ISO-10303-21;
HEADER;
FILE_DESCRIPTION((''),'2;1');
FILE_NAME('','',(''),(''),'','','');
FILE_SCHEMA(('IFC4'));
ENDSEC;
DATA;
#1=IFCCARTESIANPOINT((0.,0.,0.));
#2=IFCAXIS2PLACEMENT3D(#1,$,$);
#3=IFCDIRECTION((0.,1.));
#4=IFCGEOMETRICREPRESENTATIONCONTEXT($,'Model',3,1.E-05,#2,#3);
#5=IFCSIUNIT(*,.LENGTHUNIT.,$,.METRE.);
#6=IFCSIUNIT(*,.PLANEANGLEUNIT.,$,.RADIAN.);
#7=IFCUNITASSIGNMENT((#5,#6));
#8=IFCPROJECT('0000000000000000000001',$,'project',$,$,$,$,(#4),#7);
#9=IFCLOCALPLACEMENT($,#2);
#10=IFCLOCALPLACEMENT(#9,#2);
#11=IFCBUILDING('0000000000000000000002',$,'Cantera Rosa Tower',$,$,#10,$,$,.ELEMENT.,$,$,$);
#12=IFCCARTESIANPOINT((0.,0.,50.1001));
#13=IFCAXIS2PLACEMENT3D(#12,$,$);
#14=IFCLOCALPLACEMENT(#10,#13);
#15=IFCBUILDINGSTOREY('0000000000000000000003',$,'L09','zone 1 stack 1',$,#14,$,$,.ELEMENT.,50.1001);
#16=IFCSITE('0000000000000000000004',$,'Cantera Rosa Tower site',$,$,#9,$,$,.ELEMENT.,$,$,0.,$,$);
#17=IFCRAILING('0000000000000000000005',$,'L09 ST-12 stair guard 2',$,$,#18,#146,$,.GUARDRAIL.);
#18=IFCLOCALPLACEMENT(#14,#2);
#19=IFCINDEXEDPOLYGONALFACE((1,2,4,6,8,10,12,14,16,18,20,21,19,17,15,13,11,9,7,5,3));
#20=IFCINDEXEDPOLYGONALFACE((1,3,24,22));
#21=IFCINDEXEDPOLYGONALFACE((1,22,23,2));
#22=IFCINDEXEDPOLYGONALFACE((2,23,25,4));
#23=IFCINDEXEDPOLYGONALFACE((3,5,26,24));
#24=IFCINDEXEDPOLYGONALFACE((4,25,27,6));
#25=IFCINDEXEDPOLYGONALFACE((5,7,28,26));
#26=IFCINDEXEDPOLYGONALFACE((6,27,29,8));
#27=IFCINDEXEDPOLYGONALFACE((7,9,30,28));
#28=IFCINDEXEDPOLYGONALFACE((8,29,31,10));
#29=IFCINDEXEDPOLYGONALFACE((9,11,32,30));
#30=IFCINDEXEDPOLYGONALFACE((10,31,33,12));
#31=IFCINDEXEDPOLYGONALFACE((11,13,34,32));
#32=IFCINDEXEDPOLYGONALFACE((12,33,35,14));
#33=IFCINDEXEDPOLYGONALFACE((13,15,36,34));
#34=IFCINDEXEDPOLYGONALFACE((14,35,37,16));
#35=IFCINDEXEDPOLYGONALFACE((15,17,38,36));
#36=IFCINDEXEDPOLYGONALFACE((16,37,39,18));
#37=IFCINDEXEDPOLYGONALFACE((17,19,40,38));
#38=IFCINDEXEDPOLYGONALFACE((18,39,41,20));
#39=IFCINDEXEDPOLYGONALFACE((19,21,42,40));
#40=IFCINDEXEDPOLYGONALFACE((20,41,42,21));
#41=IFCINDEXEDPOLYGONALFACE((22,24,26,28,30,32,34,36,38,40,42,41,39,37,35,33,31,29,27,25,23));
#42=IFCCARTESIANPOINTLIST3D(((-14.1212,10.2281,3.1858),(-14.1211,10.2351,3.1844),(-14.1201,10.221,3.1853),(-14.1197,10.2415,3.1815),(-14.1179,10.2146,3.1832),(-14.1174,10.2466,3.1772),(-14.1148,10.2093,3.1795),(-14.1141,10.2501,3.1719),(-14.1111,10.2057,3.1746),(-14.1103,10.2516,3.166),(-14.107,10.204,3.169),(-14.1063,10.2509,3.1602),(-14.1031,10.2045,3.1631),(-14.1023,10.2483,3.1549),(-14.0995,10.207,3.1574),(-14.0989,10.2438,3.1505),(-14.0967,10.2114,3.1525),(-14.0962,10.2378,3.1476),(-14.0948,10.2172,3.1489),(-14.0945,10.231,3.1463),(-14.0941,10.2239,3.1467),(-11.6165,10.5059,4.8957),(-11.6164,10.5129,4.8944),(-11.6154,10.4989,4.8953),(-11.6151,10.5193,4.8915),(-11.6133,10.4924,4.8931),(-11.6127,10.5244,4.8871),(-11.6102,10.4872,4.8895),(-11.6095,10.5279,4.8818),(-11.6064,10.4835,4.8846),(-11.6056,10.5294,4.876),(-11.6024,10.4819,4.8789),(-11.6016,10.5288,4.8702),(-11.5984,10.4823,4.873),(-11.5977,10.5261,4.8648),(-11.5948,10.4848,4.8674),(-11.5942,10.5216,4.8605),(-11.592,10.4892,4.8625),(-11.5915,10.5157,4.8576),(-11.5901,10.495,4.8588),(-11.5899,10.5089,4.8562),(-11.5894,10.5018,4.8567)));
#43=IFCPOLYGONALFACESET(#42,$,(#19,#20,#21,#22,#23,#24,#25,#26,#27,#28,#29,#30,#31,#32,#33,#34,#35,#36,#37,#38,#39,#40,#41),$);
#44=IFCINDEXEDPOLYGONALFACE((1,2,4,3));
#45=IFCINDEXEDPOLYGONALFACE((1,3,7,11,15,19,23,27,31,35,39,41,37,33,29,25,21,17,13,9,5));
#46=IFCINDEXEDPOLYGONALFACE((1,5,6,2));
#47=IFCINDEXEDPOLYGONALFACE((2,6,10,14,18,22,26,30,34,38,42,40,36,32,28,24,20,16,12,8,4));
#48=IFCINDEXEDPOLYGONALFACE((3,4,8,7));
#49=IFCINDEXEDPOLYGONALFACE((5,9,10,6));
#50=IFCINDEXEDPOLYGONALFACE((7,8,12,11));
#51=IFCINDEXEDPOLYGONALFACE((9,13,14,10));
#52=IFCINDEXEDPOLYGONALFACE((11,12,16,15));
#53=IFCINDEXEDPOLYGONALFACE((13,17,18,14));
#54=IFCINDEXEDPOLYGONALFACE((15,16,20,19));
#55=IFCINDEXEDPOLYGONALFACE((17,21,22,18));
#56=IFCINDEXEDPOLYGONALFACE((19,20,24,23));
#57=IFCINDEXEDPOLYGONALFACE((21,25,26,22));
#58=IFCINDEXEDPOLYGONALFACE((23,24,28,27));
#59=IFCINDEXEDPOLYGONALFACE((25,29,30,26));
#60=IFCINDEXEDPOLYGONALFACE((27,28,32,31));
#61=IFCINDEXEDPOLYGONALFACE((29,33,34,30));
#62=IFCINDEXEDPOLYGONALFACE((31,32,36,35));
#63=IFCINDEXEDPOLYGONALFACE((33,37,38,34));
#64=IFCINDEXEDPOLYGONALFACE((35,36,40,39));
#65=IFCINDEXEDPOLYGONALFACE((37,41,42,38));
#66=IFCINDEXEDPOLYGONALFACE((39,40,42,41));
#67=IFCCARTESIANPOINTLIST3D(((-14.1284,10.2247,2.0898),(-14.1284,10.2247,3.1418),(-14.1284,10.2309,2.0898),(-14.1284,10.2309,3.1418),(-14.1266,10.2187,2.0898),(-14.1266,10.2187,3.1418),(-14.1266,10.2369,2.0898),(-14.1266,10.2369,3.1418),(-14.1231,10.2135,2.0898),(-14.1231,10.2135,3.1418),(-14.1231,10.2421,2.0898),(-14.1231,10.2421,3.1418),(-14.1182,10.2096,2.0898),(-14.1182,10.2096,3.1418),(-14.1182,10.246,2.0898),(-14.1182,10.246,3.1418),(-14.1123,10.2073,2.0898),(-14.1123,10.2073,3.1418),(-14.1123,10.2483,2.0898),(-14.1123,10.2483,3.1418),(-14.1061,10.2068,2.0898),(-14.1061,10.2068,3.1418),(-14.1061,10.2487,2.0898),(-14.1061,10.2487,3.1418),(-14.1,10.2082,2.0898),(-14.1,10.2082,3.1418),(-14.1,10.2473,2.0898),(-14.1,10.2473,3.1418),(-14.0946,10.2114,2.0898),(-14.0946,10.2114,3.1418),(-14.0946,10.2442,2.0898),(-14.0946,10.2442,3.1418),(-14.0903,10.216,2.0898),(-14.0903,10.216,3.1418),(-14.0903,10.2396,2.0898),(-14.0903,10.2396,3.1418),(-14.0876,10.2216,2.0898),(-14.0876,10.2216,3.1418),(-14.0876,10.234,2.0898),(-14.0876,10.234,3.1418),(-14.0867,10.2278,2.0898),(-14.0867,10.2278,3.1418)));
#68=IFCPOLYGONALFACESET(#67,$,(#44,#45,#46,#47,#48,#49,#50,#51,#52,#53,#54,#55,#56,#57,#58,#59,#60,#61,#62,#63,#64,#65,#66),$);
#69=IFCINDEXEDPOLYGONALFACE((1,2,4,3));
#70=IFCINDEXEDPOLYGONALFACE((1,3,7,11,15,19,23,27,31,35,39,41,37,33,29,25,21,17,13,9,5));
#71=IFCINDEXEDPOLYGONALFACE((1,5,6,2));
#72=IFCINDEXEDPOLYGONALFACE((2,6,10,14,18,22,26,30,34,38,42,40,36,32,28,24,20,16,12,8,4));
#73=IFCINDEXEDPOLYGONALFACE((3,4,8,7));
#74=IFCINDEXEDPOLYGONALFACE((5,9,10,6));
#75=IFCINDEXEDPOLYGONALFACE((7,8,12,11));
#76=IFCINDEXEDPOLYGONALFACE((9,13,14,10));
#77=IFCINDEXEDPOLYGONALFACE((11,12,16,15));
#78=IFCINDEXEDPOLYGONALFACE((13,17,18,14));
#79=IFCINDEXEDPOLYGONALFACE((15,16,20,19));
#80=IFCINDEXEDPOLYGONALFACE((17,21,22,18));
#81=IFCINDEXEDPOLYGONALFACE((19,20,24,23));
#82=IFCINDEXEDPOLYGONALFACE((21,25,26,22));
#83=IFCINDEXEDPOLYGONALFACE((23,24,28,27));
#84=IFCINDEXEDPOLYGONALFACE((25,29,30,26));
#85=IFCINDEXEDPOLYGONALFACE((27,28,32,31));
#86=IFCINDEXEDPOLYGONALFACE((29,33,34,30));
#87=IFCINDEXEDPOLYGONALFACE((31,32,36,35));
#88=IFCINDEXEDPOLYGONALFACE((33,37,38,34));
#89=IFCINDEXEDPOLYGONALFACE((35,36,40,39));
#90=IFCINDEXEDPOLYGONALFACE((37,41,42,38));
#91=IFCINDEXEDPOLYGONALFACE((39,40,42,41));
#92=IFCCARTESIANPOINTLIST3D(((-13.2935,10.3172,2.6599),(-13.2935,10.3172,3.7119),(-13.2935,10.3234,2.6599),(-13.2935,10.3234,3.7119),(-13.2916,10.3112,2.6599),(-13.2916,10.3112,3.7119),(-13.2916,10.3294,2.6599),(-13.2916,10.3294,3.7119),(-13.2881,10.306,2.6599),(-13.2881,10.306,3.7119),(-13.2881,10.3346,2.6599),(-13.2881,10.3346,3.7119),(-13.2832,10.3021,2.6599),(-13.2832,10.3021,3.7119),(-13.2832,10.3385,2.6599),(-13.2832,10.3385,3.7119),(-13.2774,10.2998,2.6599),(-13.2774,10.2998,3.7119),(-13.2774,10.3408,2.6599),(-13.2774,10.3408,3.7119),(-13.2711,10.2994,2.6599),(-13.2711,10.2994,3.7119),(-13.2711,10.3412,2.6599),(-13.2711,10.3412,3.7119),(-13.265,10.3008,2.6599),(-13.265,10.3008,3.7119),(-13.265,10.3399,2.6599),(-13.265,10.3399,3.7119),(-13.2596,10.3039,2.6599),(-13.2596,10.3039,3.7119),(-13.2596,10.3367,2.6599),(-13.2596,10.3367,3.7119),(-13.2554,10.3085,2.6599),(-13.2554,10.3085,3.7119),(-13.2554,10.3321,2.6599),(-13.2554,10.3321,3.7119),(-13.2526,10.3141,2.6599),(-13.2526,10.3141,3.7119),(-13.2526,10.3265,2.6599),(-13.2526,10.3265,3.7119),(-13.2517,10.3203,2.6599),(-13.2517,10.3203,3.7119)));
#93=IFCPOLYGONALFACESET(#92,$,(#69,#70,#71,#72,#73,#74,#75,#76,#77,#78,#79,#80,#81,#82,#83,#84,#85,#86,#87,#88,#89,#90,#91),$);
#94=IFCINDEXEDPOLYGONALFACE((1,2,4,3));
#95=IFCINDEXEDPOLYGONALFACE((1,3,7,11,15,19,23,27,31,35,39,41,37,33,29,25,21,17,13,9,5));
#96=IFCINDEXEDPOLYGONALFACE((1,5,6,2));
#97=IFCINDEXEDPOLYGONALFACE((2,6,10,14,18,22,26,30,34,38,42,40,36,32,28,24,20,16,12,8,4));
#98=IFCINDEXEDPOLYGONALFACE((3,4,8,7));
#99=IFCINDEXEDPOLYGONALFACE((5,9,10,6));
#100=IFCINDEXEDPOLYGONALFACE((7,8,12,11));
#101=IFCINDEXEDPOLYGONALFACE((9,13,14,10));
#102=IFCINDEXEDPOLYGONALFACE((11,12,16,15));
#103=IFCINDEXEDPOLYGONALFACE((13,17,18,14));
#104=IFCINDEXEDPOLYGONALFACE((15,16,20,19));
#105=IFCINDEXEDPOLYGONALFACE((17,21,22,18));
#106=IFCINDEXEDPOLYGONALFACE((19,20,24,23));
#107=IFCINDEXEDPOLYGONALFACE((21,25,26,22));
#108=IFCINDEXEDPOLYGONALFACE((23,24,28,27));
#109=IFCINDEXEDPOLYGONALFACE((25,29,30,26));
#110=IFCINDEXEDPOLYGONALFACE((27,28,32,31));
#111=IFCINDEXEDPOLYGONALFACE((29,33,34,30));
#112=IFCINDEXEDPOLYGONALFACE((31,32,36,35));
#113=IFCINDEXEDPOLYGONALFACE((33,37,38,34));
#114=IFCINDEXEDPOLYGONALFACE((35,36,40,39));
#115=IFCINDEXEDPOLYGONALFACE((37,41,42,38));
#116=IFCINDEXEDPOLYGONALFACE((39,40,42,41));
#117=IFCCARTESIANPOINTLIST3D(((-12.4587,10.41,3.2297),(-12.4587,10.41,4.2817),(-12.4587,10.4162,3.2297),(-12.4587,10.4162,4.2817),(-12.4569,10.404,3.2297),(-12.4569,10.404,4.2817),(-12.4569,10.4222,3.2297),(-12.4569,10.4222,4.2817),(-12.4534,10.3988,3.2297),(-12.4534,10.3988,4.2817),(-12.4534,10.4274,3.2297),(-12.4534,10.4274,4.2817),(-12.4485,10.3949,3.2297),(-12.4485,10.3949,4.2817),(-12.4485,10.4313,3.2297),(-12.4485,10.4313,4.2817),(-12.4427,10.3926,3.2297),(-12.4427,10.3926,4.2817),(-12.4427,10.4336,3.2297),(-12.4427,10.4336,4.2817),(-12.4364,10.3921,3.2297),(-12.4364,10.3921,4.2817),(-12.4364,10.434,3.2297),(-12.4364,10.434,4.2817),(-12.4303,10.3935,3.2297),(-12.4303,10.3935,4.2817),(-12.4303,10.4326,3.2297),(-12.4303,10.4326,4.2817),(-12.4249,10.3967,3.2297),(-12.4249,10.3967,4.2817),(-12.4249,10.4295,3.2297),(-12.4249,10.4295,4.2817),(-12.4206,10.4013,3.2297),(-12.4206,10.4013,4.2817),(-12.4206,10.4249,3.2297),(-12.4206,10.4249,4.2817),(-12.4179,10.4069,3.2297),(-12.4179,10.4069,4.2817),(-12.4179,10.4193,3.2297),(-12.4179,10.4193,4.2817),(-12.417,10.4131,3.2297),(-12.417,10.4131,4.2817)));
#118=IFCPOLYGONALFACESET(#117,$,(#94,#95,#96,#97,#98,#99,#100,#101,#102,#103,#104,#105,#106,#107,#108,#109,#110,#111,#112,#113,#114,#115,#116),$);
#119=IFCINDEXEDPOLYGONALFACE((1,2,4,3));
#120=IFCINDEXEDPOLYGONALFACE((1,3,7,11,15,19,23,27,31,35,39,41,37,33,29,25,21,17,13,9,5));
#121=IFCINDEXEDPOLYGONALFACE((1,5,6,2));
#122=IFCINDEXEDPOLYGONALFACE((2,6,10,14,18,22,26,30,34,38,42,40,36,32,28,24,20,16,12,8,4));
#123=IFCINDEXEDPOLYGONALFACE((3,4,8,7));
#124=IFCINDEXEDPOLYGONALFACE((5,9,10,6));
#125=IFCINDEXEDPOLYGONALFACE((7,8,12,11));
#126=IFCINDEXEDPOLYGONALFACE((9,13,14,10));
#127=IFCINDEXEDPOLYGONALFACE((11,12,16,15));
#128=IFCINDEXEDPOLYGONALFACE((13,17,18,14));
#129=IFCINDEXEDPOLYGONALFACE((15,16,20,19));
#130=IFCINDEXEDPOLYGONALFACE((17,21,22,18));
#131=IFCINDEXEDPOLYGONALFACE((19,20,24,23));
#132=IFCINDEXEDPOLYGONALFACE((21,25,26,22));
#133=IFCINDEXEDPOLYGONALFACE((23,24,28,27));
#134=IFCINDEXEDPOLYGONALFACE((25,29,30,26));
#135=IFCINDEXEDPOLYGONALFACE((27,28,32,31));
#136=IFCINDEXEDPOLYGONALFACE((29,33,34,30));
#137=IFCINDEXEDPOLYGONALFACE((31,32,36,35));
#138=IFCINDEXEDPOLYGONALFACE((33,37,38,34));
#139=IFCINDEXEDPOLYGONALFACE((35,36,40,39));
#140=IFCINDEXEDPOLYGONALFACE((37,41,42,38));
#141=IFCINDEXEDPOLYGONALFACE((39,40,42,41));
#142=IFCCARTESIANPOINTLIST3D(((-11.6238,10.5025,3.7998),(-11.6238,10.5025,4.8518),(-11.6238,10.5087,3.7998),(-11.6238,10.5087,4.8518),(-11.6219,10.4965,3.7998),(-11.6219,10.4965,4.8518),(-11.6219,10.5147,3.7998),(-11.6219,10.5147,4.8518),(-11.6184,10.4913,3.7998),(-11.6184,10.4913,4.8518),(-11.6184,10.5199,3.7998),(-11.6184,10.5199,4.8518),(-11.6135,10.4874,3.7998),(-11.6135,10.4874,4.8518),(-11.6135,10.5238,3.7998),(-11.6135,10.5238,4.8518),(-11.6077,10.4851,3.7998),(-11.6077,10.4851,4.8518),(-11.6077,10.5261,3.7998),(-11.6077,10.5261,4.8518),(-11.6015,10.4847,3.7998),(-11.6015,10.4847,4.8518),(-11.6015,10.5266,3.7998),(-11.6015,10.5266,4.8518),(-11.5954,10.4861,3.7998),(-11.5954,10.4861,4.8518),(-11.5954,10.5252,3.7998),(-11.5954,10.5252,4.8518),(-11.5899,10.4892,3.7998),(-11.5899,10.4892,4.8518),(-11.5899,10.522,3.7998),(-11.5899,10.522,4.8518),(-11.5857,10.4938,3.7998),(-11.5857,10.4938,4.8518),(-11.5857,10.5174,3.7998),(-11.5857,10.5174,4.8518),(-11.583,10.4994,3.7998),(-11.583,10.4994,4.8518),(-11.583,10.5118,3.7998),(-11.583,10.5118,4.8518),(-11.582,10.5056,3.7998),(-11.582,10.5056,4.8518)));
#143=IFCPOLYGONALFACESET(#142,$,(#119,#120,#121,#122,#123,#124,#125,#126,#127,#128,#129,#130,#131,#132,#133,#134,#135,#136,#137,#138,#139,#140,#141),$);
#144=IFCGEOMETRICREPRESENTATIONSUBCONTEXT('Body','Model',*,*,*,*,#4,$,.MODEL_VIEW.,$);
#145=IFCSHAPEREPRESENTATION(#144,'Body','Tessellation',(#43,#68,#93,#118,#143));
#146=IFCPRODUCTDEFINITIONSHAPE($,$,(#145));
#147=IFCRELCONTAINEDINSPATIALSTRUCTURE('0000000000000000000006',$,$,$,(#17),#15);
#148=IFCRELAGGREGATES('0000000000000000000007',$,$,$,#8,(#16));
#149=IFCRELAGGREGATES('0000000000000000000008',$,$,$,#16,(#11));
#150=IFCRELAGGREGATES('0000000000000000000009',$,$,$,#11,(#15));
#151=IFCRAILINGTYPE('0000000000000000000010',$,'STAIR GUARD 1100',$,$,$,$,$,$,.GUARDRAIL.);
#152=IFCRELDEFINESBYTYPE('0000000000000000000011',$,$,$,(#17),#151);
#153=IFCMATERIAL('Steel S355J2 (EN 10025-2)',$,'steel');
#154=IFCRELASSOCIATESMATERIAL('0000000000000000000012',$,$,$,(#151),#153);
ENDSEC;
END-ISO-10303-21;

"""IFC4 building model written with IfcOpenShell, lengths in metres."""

from ifc_helpers import new_model, si_unit, direction, frame, origin, origin_2d, place, context, subcontext, project, spatial, circle, extrude, material, type_object, element, save


model = new_model("IFC4")

# Units and contexts
model_context = context("Model", 3, precision=1e-05, world=origin(), true_north=direction((0.0, 1.0)))
body_context = subcontext(model_context, "Body", "Model", "MODEL_VIEW")
ifc_project = project(units=[si_unit("LENGTHUNIT", "METRE"), si_unit("PLANEANGLEUNIT", "RADIAN")], contexts=[model_context])

# Site, building, storey
site_placement = place(None, origin())
site = spatial("IfcSite", under=ifc_project, at=site_placement, Name="Cantera Rosa Tower site", CompositionType="ELEMENT", RefElevation=0.0)
building_placement = place(site_placement, origin())
building = spatial("IfcBuilding", under=site, at=building_placement, Name="Cantera Rosa Tower", CompositionType="ELEMENT")
storey_placement = place(building_placement, frame((0.0, 0.0, 50.1001)))
storey = spatial("IfcBuildingStorey", under=building, at=storey_placement, Name="L09", Description="zone 1 stack 1", CompositionType="ELEMENT", Elevation=50.1001)

# Railing
ifc_material_1 = material(Name="Steel S355J2 (EN 10025-2)", Category="steel")
railing_type_1 = type_object("IfcRailingType", Name="STAIR GUARD 1100", PredefinedType="GUARDRAIL", material=ifc_material_1)
railing_1_placement = place(storey_placement, frame((-14.1077, 10.2278, 2.0898)))
element("IfcRailing", 1, at=railing_1_placement, inside=storey, type_object=railing_type_1, Name="L09 ST-12 stair guard 2", PredefinedType="GUARDRAIL", context=body_context, shape_type="SweptSolid", body=[
    extrude(circle(Radius=0.0239, at=origin_2d()), frame((0.0, 0.0, 1.0762), z_axis=(0.822437, 0.091231, 0.561492), x_axis=(-0.110251, 0.993904, 0.0)), (0.0, 0.0, 1.0), 3.0454),
    extrude(circle(Radius=0.021, at=origin_2d()), origin(), (0.0, 0.0, 1.0), 1.052),
    extrude(circle(Radius=0.021, at=origin_2d()), frame((0.835, 0.0925, 0.5701)), (0.0, 0.0, 1.0), 1.052),
    extrude(circle(Radius=0.021, at=origin_2d()), frame((1.6697, 0.1853, 1.1399)), (0.0, 0.0, 1.0), 1.052),
    extrude(circle(Radius=0.021, at=origin_2d()), frame((2.5046, 0.2778, 1.71)), (0.0, 0.0, 1.0), 1.052),
])

save(model, "model.ifc")
